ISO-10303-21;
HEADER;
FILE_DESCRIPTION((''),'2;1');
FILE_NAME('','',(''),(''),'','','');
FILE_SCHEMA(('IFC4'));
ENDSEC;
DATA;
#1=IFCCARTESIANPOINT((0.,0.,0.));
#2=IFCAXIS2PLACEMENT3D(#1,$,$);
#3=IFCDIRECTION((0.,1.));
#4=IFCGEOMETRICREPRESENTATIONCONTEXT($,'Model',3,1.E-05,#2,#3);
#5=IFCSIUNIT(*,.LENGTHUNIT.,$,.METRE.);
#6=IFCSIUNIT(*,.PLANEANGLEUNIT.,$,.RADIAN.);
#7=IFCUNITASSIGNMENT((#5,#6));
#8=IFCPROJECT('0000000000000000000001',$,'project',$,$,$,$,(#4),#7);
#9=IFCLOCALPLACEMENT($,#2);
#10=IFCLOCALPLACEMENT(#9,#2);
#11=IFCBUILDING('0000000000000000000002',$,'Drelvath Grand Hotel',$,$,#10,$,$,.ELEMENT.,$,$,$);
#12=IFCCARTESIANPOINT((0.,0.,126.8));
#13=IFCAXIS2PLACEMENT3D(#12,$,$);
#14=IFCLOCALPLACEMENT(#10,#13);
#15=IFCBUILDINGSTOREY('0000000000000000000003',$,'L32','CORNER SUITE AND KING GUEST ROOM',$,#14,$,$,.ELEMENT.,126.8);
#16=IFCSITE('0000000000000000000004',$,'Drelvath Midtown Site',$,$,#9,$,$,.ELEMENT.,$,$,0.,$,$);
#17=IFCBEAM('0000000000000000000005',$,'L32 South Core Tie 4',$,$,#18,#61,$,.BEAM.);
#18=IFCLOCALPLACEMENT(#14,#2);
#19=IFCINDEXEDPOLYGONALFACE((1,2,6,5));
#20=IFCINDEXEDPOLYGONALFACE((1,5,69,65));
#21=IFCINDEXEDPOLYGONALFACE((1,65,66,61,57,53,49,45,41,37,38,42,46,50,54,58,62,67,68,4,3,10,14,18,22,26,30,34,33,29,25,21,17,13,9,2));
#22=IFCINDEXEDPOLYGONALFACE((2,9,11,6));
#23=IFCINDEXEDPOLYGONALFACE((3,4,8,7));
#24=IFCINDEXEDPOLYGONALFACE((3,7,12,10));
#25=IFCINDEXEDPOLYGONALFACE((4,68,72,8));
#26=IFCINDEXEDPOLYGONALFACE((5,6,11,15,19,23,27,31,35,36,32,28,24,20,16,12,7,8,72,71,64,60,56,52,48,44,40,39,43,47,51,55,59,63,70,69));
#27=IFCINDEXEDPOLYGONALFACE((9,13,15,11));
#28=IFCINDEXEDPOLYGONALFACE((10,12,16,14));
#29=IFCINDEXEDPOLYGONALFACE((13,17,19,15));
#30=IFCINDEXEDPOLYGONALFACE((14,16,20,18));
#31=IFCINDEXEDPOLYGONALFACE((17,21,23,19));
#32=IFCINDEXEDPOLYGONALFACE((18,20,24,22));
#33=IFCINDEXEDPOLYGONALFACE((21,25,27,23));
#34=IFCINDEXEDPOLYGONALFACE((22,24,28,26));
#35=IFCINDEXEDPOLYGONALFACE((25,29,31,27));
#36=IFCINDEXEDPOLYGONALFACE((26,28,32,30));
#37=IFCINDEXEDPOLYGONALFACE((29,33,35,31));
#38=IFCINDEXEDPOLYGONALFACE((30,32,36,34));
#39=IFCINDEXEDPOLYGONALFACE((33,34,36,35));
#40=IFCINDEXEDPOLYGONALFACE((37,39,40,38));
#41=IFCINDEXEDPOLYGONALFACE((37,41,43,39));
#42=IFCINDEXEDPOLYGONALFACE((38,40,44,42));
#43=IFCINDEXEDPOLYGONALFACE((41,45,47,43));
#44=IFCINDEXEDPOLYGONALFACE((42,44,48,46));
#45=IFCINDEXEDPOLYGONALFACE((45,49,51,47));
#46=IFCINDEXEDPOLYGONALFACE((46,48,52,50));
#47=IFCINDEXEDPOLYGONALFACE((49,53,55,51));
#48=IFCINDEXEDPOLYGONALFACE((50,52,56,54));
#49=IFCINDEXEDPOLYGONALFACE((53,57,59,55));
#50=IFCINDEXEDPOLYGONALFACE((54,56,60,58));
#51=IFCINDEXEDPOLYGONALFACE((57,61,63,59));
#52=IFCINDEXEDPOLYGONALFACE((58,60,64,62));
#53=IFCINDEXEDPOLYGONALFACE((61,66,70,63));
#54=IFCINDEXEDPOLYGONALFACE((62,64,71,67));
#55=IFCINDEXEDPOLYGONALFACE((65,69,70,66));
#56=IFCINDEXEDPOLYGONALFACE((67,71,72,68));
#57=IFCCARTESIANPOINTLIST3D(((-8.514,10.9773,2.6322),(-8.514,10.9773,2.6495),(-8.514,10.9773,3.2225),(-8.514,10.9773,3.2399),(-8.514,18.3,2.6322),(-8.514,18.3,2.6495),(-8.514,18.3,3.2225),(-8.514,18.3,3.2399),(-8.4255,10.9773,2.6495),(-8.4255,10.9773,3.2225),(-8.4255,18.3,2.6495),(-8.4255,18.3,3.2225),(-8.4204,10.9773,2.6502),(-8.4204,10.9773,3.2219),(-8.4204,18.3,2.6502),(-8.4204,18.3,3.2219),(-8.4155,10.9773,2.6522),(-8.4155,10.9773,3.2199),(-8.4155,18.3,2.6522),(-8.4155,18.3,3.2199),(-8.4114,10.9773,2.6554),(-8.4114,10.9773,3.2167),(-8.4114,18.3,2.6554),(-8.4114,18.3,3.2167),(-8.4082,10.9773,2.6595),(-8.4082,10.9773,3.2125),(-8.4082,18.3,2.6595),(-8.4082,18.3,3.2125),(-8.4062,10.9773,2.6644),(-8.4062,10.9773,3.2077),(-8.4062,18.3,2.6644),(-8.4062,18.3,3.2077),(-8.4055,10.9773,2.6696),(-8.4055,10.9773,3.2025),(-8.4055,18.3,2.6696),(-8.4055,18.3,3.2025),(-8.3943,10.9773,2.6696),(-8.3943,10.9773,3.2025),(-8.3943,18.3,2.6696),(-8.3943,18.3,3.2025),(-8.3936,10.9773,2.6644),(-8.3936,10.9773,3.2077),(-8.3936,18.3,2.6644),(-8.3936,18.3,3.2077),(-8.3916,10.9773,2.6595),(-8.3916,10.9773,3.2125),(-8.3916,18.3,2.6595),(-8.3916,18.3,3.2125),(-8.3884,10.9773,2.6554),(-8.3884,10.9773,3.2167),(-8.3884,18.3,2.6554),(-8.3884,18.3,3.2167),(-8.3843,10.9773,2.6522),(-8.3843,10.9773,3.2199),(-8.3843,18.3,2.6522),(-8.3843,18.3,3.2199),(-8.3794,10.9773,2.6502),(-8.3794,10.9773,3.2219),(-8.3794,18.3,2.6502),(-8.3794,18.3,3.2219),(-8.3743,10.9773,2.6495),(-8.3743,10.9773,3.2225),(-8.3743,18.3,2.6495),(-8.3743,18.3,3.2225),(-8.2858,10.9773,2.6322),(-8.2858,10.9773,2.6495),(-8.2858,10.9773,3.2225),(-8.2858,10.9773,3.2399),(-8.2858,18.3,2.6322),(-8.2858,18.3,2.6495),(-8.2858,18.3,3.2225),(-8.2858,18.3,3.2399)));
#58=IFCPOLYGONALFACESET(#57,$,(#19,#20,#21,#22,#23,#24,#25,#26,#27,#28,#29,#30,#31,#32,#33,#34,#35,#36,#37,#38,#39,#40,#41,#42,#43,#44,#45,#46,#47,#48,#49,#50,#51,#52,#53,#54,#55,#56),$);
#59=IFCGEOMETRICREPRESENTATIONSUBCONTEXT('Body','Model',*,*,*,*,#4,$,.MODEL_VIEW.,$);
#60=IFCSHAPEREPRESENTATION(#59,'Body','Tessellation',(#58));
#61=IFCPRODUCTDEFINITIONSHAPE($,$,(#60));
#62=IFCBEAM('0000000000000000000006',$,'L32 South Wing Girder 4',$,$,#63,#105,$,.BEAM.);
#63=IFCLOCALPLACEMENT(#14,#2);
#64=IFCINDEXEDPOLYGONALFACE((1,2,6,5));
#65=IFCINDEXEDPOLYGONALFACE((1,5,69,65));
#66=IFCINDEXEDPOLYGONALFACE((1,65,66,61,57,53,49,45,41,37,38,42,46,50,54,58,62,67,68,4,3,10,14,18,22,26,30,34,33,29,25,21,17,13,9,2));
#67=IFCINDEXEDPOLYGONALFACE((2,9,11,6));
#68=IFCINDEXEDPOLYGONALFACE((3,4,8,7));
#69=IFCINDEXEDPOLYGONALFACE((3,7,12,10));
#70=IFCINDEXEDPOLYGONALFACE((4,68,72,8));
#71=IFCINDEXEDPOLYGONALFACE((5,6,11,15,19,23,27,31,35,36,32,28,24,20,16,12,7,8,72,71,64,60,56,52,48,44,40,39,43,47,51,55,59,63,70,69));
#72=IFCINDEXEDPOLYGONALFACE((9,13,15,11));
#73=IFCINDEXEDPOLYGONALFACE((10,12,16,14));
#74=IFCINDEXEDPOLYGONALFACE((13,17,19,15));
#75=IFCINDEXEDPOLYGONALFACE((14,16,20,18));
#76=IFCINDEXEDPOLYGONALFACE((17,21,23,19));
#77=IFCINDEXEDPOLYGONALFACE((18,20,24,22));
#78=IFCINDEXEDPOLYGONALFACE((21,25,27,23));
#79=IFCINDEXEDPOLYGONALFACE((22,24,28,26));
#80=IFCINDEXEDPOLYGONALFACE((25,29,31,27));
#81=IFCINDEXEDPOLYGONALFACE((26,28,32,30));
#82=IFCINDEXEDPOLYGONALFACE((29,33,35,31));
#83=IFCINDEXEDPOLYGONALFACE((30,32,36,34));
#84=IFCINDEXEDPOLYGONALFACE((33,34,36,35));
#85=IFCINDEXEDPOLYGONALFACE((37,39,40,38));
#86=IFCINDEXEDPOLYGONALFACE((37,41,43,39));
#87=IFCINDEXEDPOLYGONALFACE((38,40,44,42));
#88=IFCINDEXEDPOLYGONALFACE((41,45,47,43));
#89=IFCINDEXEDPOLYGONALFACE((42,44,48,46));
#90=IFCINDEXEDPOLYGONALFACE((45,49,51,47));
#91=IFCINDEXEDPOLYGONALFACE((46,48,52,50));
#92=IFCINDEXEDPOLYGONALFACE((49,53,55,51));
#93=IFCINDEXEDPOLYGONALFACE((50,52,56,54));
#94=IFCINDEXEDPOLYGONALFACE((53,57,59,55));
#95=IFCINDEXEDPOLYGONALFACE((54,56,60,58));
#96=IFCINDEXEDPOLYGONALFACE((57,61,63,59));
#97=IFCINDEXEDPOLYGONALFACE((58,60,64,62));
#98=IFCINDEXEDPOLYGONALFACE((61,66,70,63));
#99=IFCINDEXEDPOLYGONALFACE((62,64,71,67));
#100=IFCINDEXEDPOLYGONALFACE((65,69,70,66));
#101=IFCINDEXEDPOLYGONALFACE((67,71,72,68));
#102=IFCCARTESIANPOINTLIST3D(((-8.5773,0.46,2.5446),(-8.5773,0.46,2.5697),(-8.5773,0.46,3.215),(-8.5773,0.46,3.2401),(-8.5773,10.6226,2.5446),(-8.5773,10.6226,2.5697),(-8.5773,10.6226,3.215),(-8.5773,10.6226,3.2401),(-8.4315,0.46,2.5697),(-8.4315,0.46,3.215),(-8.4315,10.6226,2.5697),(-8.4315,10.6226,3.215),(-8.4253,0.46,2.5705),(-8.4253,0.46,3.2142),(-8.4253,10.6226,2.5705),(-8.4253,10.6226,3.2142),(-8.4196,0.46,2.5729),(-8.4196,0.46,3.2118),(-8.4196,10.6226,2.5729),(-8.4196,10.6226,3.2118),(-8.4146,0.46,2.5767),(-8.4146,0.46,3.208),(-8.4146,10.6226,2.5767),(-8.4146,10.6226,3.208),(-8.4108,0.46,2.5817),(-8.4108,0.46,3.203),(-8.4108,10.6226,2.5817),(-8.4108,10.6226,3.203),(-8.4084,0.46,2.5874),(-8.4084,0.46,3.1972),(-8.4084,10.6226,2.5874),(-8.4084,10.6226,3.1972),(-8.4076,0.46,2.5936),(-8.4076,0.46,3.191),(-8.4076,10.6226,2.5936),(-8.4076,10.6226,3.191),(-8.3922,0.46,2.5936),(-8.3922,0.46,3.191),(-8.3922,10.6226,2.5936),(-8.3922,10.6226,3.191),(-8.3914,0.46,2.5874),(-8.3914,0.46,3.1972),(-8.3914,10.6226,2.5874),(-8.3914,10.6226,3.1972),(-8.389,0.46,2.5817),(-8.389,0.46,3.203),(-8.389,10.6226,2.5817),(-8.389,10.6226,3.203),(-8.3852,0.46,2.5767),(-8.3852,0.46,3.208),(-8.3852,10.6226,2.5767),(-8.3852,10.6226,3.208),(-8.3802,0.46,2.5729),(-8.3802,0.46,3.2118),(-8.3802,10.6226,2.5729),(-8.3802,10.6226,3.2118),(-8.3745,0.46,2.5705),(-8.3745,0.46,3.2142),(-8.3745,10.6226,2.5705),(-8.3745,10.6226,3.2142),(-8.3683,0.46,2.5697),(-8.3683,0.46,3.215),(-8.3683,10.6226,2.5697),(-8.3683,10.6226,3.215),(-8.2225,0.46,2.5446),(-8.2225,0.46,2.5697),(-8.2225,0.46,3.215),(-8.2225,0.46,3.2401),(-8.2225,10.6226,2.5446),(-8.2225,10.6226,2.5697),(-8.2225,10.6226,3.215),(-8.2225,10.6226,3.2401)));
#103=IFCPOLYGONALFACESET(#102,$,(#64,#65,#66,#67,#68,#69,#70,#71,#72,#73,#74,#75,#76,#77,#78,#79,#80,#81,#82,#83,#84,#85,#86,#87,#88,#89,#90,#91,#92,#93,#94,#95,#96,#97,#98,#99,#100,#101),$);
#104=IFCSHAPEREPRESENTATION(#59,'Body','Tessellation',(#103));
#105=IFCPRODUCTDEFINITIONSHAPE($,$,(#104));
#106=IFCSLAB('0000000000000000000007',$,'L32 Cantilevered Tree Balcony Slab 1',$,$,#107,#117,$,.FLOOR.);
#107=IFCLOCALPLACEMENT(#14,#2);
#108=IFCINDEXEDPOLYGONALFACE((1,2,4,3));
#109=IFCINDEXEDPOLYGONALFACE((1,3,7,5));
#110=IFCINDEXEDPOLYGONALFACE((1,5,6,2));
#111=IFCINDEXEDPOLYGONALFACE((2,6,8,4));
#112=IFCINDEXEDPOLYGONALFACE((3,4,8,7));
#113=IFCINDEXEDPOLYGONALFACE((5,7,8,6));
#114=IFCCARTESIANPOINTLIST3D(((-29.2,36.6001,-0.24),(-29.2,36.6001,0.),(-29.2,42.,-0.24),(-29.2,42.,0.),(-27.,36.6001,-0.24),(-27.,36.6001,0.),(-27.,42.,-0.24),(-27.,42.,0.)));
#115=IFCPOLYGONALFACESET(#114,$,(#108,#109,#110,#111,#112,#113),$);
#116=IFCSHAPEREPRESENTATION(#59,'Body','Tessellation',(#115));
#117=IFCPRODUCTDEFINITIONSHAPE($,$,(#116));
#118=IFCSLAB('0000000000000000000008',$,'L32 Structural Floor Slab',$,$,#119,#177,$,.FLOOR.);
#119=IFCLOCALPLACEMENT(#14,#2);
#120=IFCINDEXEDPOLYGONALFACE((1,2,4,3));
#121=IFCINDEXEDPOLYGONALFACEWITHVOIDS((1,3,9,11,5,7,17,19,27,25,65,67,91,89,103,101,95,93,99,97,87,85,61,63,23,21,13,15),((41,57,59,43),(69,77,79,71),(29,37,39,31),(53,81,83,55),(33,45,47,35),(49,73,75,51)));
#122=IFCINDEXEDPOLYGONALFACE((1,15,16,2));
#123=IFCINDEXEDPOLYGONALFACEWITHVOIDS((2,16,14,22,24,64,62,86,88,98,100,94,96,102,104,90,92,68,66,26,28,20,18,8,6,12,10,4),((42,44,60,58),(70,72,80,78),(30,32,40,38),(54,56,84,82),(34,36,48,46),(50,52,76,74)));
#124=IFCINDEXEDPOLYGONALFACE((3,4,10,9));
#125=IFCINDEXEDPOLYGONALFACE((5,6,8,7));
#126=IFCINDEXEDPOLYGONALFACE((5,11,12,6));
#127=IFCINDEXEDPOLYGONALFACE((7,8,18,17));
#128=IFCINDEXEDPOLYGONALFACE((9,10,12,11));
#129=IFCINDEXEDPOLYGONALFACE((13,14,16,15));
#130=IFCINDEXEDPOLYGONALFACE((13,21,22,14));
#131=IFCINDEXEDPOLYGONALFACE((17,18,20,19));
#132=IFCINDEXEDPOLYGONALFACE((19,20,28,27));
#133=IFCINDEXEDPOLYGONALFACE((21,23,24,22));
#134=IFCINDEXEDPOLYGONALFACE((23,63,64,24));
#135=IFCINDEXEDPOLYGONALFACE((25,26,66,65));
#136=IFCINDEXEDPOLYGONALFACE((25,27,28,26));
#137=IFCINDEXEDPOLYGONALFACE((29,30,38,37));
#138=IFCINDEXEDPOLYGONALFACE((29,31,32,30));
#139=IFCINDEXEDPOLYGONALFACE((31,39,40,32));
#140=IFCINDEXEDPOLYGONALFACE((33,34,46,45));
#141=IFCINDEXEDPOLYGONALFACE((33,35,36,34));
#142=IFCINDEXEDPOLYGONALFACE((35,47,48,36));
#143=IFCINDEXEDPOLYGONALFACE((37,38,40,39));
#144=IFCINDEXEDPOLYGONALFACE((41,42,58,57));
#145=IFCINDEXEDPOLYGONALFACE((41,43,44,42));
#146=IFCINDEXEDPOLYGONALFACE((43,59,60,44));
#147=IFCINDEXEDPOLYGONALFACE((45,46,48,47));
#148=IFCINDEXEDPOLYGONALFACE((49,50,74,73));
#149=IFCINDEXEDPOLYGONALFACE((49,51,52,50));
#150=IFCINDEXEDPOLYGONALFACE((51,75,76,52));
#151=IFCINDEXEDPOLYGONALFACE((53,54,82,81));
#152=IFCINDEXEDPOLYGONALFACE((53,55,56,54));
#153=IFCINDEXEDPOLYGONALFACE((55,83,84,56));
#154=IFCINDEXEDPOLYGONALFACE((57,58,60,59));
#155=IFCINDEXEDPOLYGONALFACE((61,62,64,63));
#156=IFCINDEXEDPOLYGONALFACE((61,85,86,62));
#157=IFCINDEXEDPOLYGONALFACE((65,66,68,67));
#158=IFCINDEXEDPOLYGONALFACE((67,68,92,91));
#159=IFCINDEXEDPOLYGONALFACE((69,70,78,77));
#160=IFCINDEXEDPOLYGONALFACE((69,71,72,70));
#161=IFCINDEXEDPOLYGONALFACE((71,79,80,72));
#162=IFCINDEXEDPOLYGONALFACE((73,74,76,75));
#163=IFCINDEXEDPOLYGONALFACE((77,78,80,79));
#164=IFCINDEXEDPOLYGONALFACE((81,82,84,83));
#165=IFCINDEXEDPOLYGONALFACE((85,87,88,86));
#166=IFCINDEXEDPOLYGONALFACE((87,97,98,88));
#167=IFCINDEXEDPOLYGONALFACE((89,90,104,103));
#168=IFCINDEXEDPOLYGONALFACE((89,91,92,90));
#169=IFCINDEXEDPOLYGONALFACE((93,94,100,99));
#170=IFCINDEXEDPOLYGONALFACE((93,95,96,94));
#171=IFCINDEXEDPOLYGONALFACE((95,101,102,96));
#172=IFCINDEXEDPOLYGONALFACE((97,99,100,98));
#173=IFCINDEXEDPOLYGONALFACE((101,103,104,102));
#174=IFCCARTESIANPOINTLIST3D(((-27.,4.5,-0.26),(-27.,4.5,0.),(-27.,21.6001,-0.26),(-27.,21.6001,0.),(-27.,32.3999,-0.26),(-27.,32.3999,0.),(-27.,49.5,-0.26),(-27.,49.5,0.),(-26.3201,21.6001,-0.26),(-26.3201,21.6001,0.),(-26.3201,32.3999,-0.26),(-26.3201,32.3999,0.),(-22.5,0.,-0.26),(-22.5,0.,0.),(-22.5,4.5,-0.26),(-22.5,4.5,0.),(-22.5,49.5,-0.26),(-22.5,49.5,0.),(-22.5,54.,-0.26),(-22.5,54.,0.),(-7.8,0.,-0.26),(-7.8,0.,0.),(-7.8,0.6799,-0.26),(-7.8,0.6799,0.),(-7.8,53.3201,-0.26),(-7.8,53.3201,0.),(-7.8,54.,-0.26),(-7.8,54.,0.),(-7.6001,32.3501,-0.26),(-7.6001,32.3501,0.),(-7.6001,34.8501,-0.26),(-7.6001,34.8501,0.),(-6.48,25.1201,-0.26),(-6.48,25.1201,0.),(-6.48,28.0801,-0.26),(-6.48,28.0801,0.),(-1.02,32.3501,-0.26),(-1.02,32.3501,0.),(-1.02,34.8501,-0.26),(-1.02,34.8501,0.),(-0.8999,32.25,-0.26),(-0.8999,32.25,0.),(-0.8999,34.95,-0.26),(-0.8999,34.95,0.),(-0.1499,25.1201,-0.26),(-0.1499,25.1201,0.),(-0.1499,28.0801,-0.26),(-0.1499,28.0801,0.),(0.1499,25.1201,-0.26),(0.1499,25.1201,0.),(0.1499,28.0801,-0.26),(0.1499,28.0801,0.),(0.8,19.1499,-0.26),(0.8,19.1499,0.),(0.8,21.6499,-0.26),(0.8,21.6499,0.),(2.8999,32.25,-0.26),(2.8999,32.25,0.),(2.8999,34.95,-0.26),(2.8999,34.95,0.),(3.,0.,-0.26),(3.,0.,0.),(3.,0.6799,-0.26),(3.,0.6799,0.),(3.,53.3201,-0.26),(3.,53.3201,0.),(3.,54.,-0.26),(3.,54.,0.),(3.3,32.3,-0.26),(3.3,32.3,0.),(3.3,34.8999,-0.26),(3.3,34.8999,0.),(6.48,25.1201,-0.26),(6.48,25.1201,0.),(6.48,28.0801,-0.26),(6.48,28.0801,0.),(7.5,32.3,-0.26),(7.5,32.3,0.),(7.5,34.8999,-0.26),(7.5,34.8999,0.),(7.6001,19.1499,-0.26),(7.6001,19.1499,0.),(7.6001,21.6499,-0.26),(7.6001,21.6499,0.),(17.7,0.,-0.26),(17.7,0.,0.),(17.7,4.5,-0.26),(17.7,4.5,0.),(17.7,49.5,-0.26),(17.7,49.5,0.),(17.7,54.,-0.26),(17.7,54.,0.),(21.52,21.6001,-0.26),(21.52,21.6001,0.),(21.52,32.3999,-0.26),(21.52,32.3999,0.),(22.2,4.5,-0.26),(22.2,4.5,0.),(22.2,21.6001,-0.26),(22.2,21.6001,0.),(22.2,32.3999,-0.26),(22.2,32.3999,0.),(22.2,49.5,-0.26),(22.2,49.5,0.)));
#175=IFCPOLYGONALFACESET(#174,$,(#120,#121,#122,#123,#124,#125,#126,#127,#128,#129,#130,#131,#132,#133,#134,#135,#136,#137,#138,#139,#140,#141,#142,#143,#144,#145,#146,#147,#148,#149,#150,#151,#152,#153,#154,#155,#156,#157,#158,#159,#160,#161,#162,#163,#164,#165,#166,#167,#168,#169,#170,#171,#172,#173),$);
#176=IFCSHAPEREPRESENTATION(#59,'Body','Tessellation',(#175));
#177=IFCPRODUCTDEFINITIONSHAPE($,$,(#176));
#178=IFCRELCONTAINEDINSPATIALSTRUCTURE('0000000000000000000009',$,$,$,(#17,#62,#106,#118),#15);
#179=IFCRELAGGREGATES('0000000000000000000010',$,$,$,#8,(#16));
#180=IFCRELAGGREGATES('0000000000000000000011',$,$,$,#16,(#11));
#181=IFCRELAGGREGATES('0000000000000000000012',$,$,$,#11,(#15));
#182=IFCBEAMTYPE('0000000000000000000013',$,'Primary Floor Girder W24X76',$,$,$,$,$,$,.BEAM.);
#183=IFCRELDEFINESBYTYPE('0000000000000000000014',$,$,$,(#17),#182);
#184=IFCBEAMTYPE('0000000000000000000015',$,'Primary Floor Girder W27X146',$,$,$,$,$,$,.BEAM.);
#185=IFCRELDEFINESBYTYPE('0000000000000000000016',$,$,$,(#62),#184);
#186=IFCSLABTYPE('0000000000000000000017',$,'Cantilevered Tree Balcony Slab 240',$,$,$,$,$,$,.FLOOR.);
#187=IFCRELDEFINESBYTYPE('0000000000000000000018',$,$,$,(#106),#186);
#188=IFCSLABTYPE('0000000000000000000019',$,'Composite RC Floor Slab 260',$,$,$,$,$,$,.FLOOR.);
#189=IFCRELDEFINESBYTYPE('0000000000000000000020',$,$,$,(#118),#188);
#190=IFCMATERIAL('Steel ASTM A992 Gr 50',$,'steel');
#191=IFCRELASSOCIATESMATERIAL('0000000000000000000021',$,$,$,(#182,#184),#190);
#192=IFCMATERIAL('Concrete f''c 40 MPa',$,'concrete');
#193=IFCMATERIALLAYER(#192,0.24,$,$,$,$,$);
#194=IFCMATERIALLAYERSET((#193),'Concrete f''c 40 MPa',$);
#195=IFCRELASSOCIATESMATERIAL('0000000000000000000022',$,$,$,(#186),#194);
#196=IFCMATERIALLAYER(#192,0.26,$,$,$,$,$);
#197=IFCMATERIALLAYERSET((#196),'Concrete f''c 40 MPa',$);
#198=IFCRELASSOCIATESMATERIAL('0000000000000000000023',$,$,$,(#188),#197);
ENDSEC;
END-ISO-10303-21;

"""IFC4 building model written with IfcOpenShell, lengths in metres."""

from ifc_helpers import new_model, si_unit, direction, frame, origin, origin_2d, place, context, subcontext, project, spatial, polyline, i_section, outline, extrude, material, layer, layer_set, material_profile, profile_set, type_object, element, save


model = new_model("IFC4")

# Units and contexts
model_context = context("Model", 3, precision=1e-05, world=origin(), true_north=direction((0.0, 1.0)))
body_context = subcontext(model_context, "Body", "Model", "MODEL_VIEW")
ifc_project = project(units=[si_unit("LENGTHUNIT", "METRE"), si_unit("PLANEANGLEUNIT", "RADIAN")], contexts=[model_context])

# Site, building, storey
site_placement = place(None, origin())
site = spatial("IfcSite", under=ifc_project, at=site_placement, Name="Drelvath Midtown Site", CompositionType="ELEMENT", RefElevation=0.0)
building_placement = place(site_placement, origin())
building = spatial("IfcBuilding", under=site, at=building_placement, Name="Drelvath Grand Hotel", CompositionType="ELEMENT")
storey_placement = place(building_placement, frame((0.0, 0.0, 126.8)))
storey = spatial("IfcBuildingStorey", under=building, at=storey_placement, Name="L32", Description="CORNER SUITE AND KING GUEST ROOM", CompositionType="ELEMENT", Elevation=126.8)

# Shared definitions
ifc_material_1 = material(Name="Steel ASTM A992 Gr 50", Category="steel")

# Beams
ifc_material_profile_1 = material_profile(ifc_material_1, i_section(OverallWidth=0.2283, OverallDepth=0.6077, WebThickness=0.0112, FlangeThickness=0.0173, FilletRadius=0.02, at=origin_2d()), Name="W24X76")
ifc_profile_set_1 = profile_set([ifc_material_profile_1], Name="Steel ASTM A992 Gr 50")
beam_type_1 = type_object("IfcBeamType", Name="Primary Floor Girder W24X76", PredefinedType="BEAM", material=ifc_profile_set_1)
beam_1_placement = place(storey_placement, frame((-8.3999, 10.9773, 2.936), z_axis=(0.0, 1.0, 0.0), x_axis=(-1.0, 0.0, 0.0)))
element("IfcBeam", 1, at=beam_1_placement, inside=storey, type_object=beam_type_1, Name="L32 South Core Tie 4", PredefinedType="BEAM", context=body_context, shape_type="SweptSolid", body=[
    extrude(i_section(OverallWidth=0.2283, OverallDepth=0.6077, WebThickness=0.0112, FlangeThickness=0.0173, FilletRadius=0.02, at=origin_2d()), origin(), (0.0, 0.0, 1.0), 7.3228),
])
ifc_material_profile_2 = material_profile(ifc_material_1, i_section(OverallWidth=0.3547, OverallDepth=0.6956, WebThickness=0.0154, FlangeThickness=0.0251, FilletRadius=0.0239, at=origin_2d()), Name="W27X146")
ifc_profile_set_2 = profile_set([ifc_material_profile_2], Name="Steel ASTM A992 Gr 50")
beam_type_2 = type_object("IfcBeamType", Name="Primary Floor Girder W27X146", PredefinedType="BEAM", material=ifc_profile_set_2)
beam_2_placement = place(storey_placement, frame((-8.3999, 0.46, 2.8923), z_axis=(0.0, 1.0, 0.0), x_axis=(-1.0, 0.0, 0.0)))
element("IfcBeam", 2, at=beam_2_placement, inside=storey, type_object=beam_type_2, Name="L32 South Wing Girder 4", PredefinedType="BEAM", context=body_context, shape_type="SweptSolid", body=[
    extrude(i_section(OverallWidth=0.3547, OverallDepth=0.6956, WebThickness=0.0154, FlangeThickness=0.0251, FilletRadius=0.0239, at=origin_2d()), origin(), (0.0, 0.0, 1.0), 10.1626),
])

# Slabs
ifc_material_2 = material(Name="Concrete f'c 40 MPa", Category="concrete")
ifc_layer_1 = layer(ifc_material_2, 0.24)
ifc_layer_set_1 = layer_set([ifc_layer_1], Name="Concrete f'c 40 MPa")
slab_type_1 = type_object("IfcSlabType", Name="Cantilevered Tree Balcony Slab 240", PredefinedType="FLOOR", material=ifc_layer_set_1)
slab_1_placement = place(storey_placement, frame((0.0, 0.0, -0.24)))
element("IfcSlab", 3, at=slab_1_placement, inside=storey, type_object=slab_type_1, Name="L32 Cantilevered Tree Balcony Slab 1", PredefinedType="FLOOR", context=body_context, shape_type="SweptSolid", body=[
    extrude(outline(polyline([(-29.2, 36.6001), (-27.0, 36.6001), (-27.0, 42.0), (-29.2, 42.0), (-29.2, 36.6001)])), origin(), (0.0, 0.0, 1.0), 0.24),
])
ifc_layer_2 = layer(ifc_material_2, 0.26)
ifc_layer_set_2 = layer_set([ifc_layer_2], Name="Concrete f'c 40 MPa")
slab_type_2 = type_object("IfcSlabType", Name="Composite RC Floor Slab 260", PredefinedType="FLOOR", material=ifc_layer_set_2)
slab_2_placement = place(storey_placement, frame((0.0, 0.0, -0.26)))
element("IfcSlab", 4, at=slab_2_placement, inside=storey, type_object=slab_type_2, Name="L32 Structural Floor Slab", PredefinedType="FLOOR", context=body_context, shape_type="SweptSolid", body=[
    extrude(outline(polyline([(-22.5, 0.0), (-7.8, 0.0), (-7.8, 0.6799), (3.0, 0.6799), (3.0, 0.0), (17.7, 0.0), (17.7, 4.5), (22.2, 4.5), (22.2, 21.6001), (21.52, 21.6001), (21.52, 32.3999), (22.2, 32.3999), (22.2, 49.5), (17.7, 49.5), (17.7, 54.0), (3.0, 54.0), (3.0, 53.3201), (-7.8, 53.3201), (-7.8, 54.0), (-22.5, 54.0), (-22.5, 49.5), (-27.0, 49.5), (-27.0, 32.3999), (-26.3201, 32.3999), (-26.3201, 21.6001), (-27.0, 21.6001), (-27.0, 4.5), (-22.5, 4.5), (-22.5, 0.0)]), holes=[polyline([(-6.48, 25.1201), (-6.48, 28.0801), (-0.1499, 28.0801), (-0.1499, 25.1201), (-6.48, 25.1201)]), polyline([(0.1499, 25.1201), (0.1499, 28.0801), (6.48, 28.0801), (6.48, 25.1201), (0.1499, 25.1201)]), polyline([(0.8, 19.1499), (0.8, 21.6499), (7.6001, 21.6499), (7.6001, 19.1499), (0.8, 19.1499)]), polyline([(-7.6001, 32.3501), (-7.6001, 34.8501), (-1.02, 34.8501), (-1.02, 32.3501), (-7.6001, 32.3501)]), polyline([(-0.8999, 32.25), (-0.8999, 34.95), (2.8999, 34.95), (2.8999, 32.25), (-0.8999, 32.25)]), polyline([(3.3, 32.3), (3.3, 34.8999), (7.5, 34.8999), (7.5, 32.3), (3.3, 32.3)])]), origin(), (0.0, 0.0, 1.0), 0.26),
])

save(model, "model.ifc")
